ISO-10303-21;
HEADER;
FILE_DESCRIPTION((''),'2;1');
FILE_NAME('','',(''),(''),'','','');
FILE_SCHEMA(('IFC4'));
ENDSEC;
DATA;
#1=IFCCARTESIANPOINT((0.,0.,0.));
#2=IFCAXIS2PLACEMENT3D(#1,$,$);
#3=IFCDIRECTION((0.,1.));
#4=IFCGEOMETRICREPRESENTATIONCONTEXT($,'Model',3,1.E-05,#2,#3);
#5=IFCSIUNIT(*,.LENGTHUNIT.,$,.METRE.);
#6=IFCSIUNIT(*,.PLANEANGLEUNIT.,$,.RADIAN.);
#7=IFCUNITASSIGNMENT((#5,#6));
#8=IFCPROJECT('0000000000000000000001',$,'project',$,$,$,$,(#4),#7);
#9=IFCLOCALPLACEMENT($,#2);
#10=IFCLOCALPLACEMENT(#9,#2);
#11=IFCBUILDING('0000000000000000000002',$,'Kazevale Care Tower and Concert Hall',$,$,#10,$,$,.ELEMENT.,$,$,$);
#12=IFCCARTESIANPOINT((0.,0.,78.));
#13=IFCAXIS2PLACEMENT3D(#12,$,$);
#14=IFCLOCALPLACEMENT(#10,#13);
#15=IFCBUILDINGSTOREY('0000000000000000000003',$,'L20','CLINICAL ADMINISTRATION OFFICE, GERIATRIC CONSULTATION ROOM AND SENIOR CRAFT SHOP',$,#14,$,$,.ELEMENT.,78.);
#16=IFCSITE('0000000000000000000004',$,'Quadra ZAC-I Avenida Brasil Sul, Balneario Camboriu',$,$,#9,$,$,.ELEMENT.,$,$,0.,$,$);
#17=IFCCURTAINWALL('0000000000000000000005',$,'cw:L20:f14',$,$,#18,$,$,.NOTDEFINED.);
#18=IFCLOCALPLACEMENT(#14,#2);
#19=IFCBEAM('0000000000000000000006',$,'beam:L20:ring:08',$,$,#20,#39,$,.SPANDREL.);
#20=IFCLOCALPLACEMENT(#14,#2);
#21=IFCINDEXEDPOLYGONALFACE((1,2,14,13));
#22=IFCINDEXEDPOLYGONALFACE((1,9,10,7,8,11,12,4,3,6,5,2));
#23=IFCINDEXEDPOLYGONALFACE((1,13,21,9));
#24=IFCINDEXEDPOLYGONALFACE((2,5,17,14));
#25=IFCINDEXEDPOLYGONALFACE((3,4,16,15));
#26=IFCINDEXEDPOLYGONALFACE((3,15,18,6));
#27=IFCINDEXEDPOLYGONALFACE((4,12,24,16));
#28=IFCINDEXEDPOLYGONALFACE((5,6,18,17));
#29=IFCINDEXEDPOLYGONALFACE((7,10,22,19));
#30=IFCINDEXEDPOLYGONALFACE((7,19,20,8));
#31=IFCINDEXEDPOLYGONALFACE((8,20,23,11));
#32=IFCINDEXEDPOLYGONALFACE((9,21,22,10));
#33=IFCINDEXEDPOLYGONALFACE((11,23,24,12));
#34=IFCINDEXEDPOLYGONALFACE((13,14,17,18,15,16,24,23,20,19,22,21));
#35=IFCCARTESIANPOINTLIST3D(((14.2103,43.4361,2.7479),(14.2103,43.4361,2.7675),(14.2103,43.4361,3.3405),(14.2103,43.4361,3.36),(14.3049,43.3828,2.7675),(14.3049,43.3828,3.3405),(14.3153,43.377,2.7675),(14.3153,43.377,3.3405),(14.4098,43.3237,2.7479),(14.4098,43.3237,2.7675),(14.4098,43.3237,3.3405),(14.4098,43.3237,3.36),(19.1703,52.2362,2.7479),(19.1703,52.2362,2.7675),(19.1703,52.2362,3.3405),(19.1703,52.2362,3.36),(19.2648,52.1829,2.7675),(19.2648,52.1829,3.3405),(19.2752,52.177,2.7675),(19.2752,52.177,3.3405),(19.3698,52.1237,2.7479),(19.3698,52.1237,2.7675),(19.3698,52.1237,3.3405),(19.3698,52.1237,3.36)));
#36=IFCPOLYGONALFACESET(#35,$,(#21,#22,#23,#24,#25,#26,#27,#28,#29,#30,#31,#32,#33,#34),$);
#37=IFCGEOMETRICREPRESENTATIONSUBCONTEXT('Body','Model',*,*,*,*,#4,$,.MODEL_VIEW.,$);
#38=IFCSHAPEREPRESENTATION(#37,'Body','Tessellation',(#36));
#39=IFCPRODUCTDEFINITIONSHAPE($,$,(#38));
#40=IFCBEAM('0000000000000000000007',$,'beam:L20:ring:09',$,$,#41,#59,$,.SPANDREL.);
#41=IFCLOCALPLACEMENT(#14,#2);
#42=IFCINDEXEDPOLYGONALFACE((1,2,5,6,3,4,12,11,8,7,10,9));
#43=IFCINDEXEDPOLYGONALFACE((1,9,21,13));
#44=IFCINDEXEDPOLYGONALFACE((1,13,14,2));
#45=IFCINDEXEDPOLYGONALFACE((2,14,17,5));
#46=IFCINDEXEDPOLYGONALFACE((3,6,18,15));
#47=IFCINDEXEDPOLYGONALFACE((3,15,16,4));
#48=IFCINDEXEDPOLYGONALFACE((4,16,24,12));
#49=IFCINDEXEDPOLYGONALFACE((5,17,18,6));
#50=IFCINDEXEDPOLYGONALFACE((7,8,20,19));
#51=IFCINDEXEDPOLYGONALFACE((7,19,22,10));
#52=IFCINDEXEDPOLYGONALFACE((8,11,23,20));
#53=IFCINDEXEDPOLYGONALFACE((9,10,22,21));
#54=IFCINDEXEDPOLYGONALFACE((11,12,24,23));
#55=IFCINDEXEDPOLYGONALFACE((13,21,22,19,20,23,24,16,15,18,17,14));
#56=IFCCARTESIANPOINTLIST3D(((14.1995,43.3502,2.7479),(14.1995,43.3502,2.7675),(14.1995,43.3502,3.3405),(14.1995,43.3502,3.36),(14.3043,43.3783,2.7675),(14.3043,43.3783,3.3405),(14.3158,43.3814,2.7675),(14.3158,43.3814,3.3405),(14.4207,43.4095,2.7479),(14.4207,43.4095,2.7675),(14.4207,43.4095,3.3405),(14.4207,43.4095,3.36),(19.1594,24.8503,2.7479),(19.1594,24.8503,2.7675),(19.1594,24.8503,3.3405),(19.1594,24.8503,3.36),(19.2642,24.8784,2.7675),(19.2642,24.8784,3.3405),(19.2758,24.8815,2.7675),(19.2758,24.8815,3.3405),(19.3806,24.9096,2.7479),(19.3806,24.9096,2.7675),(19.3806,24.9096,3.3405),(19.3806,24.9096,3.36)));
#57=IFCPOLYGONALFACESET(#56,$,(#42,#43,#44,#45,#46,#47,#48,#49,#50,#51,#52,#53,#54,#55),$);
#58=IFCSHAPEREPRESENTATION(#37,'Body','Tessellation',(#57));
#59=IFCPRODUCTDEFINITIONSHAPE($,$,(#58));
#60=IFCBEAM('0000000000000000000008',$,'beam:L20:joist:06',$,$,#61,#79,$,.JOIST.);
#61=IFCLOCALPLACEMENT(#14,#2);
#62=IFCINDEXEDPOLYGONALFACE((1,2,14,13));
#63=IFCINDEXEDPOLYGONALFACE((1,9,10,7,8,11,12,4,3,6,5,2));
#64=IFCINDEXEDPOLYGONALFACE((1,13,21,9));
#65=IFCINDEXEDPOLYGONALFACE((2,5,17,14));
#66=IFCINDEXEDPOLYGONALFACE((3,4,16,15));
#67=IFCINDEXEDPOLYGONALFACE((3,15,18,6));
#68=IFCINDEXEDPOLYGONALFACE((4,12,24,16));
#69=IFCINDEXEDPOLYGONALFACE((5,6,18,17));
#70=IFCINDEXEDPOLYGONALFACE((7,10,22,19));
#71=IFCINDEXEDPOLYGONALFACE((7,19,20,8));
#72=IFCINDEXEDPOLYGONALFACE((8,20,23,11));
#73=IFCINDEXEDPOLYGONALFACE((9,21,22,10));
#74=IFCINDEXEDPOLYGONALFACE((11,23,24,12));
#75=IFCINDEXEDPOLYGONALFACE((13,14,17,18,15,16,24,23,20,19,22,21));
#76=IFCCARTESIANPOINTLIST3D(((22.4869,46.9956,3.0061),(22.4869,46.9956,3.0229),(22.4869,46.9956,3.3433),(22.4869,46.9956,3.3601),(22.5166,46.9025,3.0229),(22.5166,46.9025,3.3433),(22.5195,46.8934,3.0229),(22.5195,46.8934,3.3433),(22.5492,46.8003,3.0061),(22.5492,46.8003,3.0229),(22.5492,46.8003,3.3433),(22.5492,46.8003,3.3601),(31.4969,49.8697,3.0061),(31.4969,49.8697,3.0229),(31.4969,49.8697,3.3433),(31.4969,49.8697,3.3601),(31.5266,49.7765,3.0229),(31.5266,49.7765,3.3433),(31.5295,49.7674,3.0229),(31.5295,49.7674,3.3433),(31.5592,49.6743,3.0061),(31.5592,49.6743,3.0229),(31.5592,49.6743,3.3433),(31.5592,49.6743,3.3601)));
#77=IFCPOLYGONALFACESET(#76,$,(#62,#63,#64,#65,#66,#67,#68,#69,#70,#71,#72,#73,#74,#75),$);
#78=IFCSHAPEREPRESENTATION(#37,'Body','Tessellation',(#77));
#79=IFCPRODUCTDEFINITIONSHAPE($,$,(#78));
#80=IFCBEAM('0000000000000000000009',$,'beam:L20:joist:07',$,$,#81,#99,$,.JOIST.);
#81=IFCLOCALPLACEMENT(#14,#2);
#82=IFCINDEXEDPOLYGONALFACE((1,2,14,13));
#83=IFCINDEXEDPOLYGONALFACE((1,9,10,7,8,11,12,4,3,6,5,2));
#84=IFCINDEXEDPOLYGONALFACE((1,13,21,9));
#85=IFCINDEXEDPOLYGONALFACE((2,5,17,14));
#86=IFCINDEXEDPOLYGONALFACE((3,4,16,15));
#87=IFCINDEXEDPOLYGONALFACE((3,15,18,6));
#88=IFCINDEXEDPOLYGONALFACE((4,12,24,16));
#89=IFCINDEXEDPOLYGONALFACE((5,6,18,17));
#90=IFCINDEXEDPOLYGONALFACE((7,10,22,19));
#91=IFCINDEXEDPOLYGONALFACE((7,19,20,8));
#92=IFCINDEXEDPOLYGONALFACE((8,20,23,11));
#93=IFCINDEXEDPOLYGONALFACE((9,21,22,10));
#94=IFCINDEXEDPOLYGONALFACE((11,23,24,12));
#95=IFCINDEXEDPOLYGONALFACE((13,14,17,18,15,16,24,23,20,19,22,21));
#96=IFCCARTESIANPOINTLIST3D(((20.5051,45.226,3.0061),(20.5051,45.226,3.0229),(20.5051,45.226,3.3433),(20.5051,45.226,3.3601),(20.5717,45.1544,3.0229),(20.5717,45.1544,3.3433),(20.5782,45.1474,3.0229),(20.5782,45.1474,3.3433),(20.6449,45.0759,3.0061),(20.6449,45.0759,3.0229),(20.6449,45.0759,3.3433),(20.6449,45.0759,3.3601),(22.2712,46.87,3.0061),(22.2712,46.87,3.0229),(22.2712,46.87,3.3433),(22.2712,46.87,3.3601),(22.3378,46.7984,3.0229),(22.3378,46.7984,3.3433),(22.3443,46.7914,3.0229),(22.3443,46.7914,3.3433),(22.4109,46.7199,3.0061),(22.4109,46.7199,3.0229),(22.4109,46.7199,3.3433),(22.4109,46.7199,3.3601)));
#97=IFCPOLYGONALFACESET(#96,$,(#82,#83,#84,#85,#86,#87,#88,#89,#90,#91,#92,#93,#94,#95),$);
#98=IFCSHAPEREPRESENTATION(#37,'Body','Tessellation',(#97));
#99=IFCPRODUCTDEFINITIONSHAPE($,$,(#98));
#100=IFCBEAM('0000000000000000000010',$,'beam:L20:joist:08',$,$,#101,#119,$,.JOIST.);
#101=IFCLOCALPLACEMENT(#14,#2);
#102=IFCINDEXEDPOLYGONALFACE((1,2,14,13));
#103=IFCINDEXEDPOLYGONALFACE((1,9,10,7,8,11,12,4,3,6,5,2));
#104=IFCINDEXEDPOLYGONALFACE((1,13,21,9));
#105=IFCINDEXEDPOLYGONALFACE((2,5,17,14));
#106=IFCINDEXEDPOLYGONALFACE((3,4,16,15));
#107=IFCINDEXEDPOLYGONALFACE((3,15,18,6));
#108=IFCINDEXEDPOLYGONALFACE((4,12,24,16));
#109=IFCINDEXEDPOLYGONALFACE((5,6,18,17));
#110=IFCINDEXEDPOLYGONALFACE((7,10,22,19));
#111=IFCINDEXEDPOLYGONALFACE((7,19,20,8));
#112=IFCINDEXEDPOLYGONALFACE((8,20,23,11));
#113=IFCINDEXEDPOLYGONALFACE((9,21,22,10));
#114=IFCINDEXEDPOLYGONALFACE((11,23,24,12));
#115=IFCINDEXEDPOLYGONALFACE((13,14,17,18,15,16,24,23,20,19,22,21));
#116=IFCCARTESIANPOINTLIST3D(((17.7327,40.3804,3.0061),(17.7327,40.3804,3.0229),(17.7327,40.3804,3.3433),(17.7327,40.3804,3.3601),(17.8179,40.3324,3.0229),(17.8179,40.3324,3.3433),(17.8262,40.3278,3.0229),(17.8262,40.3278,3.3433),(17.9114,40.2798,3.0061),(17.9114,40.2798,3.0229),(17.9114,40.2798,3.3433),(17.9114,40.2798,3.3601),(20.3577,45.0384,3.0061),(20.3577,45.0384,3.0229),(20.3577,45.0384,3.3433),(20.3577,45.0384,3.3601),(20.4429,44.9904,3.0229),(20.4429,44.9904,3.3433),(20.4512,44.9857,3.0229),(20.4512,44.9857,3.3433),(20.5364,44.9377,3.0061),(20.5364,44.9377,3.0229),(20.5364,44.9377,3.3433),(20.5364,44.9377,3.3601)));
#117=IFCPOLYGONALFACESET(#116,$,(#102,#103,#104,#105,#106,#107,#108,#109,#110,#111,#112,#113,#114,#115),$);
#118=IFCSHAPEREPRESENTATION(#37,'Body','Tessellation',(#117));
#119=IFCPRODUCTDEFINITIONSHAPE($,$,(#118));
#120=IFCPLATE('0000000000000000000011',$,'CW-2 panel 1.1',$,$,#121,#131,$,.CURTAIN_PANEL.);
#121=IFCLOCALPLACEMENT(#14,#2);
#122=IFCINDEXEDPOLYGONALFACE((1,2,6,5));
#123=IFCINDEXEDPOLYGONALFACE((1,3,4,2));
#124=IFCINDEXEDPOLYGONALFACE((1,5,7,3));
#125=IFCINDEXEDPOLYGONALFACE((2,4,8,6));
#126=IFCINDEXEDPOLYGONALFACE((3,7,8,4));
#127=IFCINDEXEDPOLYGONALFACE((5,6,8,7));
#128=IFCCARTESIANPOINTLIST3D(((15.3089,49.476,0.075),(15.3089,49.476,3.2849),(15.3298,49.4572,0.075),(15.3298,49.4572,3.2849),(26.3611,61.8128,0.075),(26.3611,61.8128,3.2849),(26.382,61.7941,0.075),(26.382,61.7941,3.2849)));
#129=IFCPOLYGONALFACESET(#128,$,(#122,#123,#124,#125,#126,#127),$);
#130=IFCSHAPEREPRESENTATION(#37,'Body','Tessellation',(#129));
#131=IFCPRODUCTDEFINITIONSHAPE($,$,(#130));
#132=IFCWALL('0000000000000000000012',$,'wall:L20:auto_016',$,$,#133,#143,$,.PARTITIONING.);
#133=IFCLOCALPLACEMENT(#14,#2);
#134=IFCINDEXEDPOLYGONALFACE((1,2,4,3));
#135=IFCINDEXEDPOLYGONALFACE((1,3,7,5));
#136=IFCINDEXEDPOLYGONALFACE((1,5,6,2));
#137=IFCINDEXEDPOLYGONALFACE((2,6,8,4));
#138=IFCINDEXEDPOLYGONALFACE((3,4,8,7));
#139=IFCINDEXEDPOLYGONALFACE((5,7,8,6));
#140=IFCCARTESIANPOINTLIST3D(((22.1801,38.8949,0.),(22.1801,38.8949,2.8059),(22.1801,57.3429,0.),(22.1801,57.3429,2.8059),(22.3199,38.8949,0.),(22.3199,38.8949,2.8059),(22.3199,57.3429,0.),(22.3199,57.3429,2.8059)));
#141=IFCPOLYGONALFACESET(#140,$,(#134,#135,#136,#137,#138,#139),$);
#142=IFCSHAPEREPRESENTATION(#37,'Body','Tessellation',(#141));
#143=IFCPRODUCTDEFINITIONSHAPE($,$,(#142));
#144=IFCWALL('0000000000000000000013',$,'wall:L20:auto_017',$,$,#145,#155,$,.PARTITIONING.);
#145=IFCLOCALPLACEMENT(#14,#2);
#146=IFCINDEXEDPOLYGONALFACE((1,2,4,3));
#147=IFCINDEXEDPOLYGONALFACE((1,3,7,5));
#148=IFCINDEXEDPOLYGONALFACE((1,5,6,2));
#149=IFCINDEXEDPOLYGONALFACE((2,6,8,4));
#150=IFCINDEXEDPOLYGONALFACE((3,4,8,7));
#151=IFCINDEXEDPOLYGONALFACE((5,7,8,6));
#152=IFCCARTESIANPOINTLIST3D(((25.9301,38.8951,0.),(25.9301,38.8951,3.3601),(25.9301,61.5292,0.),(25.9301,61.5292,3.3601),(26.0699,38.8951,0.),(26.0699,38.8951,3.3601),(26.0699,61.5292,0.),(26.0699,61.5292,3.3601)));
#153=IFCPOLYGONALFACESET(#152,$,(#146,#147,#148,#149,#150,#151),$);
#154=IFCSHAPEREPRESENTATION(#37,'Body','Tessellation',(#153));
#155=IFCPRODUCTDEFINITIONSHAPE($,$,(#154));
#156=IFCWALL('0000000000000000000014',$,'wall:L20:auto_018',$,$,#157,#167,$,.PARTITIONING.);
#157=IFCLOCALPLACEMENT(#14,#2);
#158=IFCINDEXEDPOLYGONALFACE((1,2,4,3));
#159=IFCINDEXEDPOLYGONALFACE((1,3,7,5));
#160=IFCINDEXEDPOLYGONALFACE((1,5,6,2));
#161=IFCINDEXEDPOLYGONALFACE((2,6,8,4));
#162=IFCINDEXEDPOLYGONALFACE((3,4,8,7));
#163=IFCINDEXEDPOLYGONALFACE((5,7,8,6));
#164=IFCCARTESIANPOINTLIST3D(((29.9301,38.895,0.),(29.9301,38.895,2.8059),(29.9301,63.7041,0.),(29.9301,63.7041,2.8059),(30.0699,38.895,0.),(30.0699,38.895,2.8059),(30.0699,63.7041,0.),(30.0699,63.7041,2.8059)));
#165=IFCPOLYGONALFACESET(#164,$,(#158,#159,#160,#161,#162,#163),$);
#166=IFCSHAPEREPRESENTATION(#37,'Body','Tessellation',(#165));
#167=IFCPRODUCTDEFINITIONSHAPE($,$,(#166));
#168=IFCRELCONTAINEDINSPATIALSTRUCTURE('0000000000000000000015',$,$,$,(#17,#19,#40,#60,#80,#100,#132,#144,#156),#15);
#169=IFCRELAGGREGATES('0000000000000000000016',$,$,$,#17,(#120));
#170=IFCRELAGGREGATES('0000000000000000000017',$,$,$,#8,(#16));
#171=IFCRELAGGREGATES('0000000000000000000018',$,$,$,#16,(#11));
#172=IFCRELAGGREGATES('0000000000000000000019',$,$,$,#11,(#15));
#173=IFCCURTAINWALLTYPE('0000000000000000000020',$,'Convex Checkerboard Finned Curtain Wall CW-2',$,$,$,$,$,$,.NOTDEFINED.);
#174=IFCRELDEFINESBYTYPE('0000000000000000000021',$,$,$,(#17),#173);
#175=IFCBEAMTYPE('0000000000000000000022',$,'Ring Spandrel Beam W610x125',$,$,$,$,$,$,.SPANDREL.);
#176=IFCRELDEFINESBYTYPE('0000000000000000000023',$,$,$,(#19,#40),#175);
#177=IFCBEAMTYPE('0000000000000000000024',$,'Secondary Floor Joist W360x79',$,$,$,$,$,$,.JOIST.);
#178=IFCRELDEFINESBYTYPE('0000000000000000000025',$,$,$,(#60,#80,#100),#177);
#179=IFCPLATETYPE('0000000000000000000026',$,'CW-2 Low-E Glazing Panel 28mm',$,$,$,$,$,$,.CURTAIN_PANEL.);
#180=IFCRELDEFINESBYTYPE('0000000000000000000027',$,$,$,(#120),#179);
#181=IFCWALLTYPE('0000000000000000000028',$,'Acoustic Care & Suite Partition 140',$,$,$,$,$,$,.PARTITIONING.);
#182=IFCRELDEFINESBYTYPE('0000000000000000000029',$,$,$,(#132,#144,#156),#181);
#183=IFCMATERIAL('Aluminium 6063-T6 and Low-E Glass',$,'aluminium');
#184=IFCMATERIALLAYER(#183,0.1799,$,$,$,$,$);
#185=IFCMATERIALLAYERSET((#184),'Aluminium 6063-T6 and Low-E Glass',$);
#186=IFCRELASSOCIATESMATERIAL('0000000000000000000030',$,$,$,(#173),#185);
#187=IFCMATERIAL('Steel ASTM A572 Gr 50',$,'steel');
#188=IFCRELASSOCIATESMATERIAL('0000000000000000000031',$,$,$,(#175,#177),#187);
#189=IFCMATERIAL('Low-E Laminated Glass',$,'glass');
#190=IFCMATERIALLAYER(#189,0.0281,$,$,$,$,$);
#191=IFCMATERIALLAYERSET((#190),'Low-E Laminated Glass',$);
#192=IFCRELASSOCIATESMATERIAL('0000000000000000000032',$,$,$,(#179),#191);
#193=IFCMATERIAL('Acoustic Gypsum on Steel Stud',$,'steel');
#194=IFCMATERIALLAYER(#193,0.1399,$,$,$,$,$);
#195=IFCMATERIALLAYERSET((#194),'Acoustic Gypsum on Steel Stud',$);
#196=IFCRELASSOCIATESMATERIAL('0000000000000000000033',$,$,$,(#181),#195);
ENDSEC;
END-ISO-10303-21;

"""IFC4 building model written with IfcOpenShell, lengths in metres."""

from ifc_helpers import new_model, si_unit, direction, frame, frame_2d, origin, origin_2d, place, context, subcontext, project, spatial, rectangle, i_section, extrude, material, layer, layer_set, material_profile, profile_set, type_object, element, aggregate, save


model = new_model("IFC4")

# Units and contexts
model_context = context("Model", 3, precision=1e-05, world=origin(), true_north=direction((0.0, 1.0)))
body_context = subcontext(model_context, "Body", "Model", "MODEL_VIEW")
ifc_project = project(units=[si_unit("LENGTHUNIT", "METRE"), si_unit("PLANEANGLEUNIT", "RADIAN")], contexts=[model_context])

# Site, building, storey
site_placement = place(None, origin())
site = spatial("IfcSite", under=ifc_project, at=site_placement, Name="Quadra ZAC-I Avenida Brasil Sul, Balneario Camboriu", CompositionType="ELEMENT", RefElevation=0.0)
building_placement = place(site_placement, origin())
building = spatial("IfcBuilding", under=site, at=building_placement, Name="Kazevale Care Tower and Concert Hall", CompositionType="ELEMENT")
storey_placement = place(building_placement, frame((0.0, 0.0, 78.0)))
storey = spatial("IfcBuildingStorey", under=building, at=storey_placement, Name="L20", Description="CLINICAL ADMINISTRATION OFFICE, GERIATRIC CONSULTATION ROOM AND SENIOR CRAFT SHOP", CompositionType="ELEMENT", Elevation=78.0)

# Curtain wall
ifc_material_1 = material(Name="Aluminium 6063-T6 and Low-E Glass", Category="aluminium")
ifc_layer_1 = layer(ifc_material_1, 0.1799)
ifc_layer_set_1 = layer_set([ifc_layer_1], Name="Aluminium 6063-T6 and Low-E Glass")
curtain_wall_type_1 = type_object("IfcCurtainWallType", Name="Convex Checkerboard Finned Curtain Wall CW-2", PredefinedType="NOTDEFINED", material=ifc_layer_set_1)
curtain_wall_1_placement = place(storey_placement, origin())
curtain_wall_1 = element("IfcCurtainWall", 1, at=curtain_wall_1_placement, inside=storey, type_object=curtain_wall_type_1, Name="cw:L20:f14", PredefinedType="NOTDEFINED")

# Beams
ifc_material_2 = material(Name="Steel ASTM A572 Gr 50", Category="steel")
ifc_material_profile_1 = material_profile(ifc_material_2, i_section(OverallWidth=0.229, OverallDepth=0.6121, WebThickness=0.012, FlangeThickness=0.0195, at=origin_2d()), Name="W610x125")
ifc_profile_set_1 = profile_set([ifc_material_profile_1], Name="Steel ASTM A572 Gr 50")
beam_type_1 = type_object("IfcBeamType", Name="Ring Spandrel Beam W610x125", PredefinedType="SPANDREL", material=ifc_profile_set_1)
beam_1_placement = place(storey_placement, frame((19.27, 52.1799, 3.054), z_axis=(-0.491008, -0.871155, 0.0), x_axis=(0.871155, -0.491008, 0.0)))
element("IfcBeam", 2, at=beam_1_placement, inside=storey, type_object=beam_type_1, Name="beam:L20:ring:08", PredefinedType="SPANDREL", context=body_context, shape_type="SweptSolid", body=[
    extrude(i_section(OverallWidth=0.229, OverallDepth=0.6121, WebThickness=0.012, FlangeThickness=0.0195, at=origin_2d()), origin(), (0.0, 0.0, 1.0), 10.1016),
])
beam_2_placement = place(storey_placement, frame((14.3101, 43.3799, 3.054), z_axis=(0.25896, -0.965888, 0.0), x_axis=(0.965888, 0.25896, 0.0)))
element("IfcBeam", 3, at=beam_2_placement, inside=storey, type_object=beam_type_1, Name="beam:L20:ring:09", PredefinedType="SPANDREL", context=body_context, shape_type="SweptSolid", body=[
    extrude(i_section(OverallWidth=0.229, OverallDepth=0.6121, WebThickness=0.012, FlangeThickness=0.0195, at=origin_2d()), origin(), (0.0, 0.0, 1.0), 19.1533),
])
ifc_material_profile_2 = material_profile(ifc_material_2, i_section(OverallWidth=0.2051, OverallDepth=0.354, WebThickness=0.0095, FlangeThickness=0.0168, at=origin_2d()), Name="W360x79")
ifc_profile_set_2 = profile_set([ifc_material_profile_2], Name="Steel ASTM A572 Gr 50")
beam_type_2 = type_object("IfcBeamType", Name="Secondary Floor Joist W360x79", PredefinedType="JOIST", material=ifc_profile_set_2)
beam_3_placement = place(storey_placement, frame((31.5281, 49.772, 3.1831), z_axis=(-0.952705, -0.303895, 0.0), x_axis=(0.303895, -0.952705, 0.0)))
element("IfcBeam", 4, at=beam_3_placement, inside=storey, type_object=beam_type_2, Name="beam:L20:joist:06", PredefinedType="JOIST", context=body_context, shape_type="SweptSolid", body=[
    extrude(i_section(OverallWidth=0.2051, OverallDepth=0.354, WebThickness=0.0095, FlangeThickness=0.0168, at=origin_2d()), origin(), (0.0, 0.0, 1.0), 9.4573),
])
beam_4_placement = place(storey_placement, frame((22.3411, 46.7949, 3.1831), z_axis=(-0.73195, -0.681359, 0.0), x_axis=(0.681359, -0.73195, 0.0)))
element("IfcBeam", 5, at=beam_4_placement, inside=storey, type_object=beam_type_2, Name="beam:L20:joist:07", PredefinedType="JOIST", context=body_context, shape_type="SweptSolid", body=[
    extrude(i_section(OverallWidth=0.2051, OverallDepth=0.354, WebThickness=0.0095, FlangeThickness=0.0168, at=origin_2d()), origin(), (0.0, 0.0, 1.0), 2.4128),
])
beam_5_placement = place(storey_placement, frame((20.447, 44.988, 3.1831), z_axis=(-0.490957, -0.871184, 0.0), x_axis=(0.871184, -0.490957, 0.0)))
element("IfcBeam", 6, at=beam_5_placement, inside=storey, type_object=beam_type_2, Name="beam:L20:joist:08", PredefinedType="JOIST", context=body_context, shape_type="SweptSolid", body=[
    extrude(i_section(OverallWidth=0.2051, OverallDepth=0.354, WebThickness=0.0095, FlangeThickness=0.0168, at=origin_2d()), origin(), (0.0, 0.0, 1.0), 5.3467),
])

# Plate
ifc_material_3 = material(Name="Low-E Laminated Glass", Category="glass")
ifc_layer_2 = layer(ifc_material_3, 0.0281)
ifc_layer_set_2 = layer_set([ifc_layer_2], Name="Low-E Laminated Glass")
plate_type = type_object("IfcPlateType", Name="CW-2 Low-E Glazing Panel 28mm", PredefinedType="CURTAIN_PANEL", material=ifc_layer_set_2)
plate_placement = place(storey_placement, frame((20.8455, 55.635, 0.075), z_axis=(0.0, 0.0, 1.0), x_axis=(0.667265, 0.74482, 0.0)))
plate = element("IfcPlate", 7, at=plate_placement, type_object=plate_type, Name="CW-2 panel 1.1", PredefinedType="CURTAIN_PANEL", context=body_context, shape_type="SweptSolid", body=[
    extrude(rectangle(XDim=16.5635, YDim=0.0281, at=origin_2d()), origin(), (0.0, 0.0, 1.0), 3.21),
])
aggregate(curtain_wall_1, [plate])

# Walls
ifc_material_4 = material(Name="Acoustic Gypsum on Steel Stud", Category="steel")
ifc_layer_3 = layer(ifc_material_4, 0.1399)
ifc_layer_set_3 = layer_set([ifc_layer_3], Name="Acoustic Gypsum on Steel Stud")
wall_type_1 = type_object("IfcWallType", Name="Acoustic Care & Suite Partition 140", PredefinedType="PARTITIONING", material=ifc_layer_set_3)
wall_1_placement = place(storey_placement, frame((22.25, 57.343, 0.0), z_axis=(0.0, 0.0, 1.0), x_axis=(0.0, -1.0, 0.0)))
element("IfcWall", 8, at=wall_1_placement, inside=storey, type_object=wall_type_1, Name="wall:L20:auto_016", PredefinedType="PARTITIONING", context=body_context, shape_type="SweptSolid", body=[
    extrude(rectangle(XDim=18.448, YDim=0.1399, at=frame_2d((9.2241, 0.0))), origin(), (0.0, 0.0, 1.0), 2.8059),
])
wall_2_placement = place(storey_placement, frame((26.0, 61.5291, 0.0), z_axis=(0.0, 0.0, 1.0), x_axis=(0.0, -1.0, 0.0)))
element("IfcWall", 9, at=wall_2_placement, inside=storey, type_object=wall_type_1, Name="wall:L20:auto_017", PredefinedType="PARTITIONING", context=body_context, shape_type="SweptSolid", body=[
    extrude(rectangle(XDim=22.634, YDim=0.1399, at=frame_2d((11.3169, 0.0))), origin(), (0.0, 0.0, 1.0), 3.3601),
])
wall_3_placement = place(storey_placement, frame((30.0, 63.7041, 0.0), z_axis=(0.0, 0.0, 1.0), x_axis=(0.0, -1.0, 0.0)))
element("IfcWall", 10, at=wall_3_placement, inside=storey, type_object=wall_type_1, Name="wall:L20:auto_018", PredefinedType="PARTITIONING", context=body_context, shape_type="SweptSolid", body=[
    extrude(rectangle(XDim=24.8091, YDim=0.1399, at=frame_2d((12.4045, 0.0))), origin(), (0.0, 0.0, 1.0), 2.8059),
])

save(model, "model.ifc")
